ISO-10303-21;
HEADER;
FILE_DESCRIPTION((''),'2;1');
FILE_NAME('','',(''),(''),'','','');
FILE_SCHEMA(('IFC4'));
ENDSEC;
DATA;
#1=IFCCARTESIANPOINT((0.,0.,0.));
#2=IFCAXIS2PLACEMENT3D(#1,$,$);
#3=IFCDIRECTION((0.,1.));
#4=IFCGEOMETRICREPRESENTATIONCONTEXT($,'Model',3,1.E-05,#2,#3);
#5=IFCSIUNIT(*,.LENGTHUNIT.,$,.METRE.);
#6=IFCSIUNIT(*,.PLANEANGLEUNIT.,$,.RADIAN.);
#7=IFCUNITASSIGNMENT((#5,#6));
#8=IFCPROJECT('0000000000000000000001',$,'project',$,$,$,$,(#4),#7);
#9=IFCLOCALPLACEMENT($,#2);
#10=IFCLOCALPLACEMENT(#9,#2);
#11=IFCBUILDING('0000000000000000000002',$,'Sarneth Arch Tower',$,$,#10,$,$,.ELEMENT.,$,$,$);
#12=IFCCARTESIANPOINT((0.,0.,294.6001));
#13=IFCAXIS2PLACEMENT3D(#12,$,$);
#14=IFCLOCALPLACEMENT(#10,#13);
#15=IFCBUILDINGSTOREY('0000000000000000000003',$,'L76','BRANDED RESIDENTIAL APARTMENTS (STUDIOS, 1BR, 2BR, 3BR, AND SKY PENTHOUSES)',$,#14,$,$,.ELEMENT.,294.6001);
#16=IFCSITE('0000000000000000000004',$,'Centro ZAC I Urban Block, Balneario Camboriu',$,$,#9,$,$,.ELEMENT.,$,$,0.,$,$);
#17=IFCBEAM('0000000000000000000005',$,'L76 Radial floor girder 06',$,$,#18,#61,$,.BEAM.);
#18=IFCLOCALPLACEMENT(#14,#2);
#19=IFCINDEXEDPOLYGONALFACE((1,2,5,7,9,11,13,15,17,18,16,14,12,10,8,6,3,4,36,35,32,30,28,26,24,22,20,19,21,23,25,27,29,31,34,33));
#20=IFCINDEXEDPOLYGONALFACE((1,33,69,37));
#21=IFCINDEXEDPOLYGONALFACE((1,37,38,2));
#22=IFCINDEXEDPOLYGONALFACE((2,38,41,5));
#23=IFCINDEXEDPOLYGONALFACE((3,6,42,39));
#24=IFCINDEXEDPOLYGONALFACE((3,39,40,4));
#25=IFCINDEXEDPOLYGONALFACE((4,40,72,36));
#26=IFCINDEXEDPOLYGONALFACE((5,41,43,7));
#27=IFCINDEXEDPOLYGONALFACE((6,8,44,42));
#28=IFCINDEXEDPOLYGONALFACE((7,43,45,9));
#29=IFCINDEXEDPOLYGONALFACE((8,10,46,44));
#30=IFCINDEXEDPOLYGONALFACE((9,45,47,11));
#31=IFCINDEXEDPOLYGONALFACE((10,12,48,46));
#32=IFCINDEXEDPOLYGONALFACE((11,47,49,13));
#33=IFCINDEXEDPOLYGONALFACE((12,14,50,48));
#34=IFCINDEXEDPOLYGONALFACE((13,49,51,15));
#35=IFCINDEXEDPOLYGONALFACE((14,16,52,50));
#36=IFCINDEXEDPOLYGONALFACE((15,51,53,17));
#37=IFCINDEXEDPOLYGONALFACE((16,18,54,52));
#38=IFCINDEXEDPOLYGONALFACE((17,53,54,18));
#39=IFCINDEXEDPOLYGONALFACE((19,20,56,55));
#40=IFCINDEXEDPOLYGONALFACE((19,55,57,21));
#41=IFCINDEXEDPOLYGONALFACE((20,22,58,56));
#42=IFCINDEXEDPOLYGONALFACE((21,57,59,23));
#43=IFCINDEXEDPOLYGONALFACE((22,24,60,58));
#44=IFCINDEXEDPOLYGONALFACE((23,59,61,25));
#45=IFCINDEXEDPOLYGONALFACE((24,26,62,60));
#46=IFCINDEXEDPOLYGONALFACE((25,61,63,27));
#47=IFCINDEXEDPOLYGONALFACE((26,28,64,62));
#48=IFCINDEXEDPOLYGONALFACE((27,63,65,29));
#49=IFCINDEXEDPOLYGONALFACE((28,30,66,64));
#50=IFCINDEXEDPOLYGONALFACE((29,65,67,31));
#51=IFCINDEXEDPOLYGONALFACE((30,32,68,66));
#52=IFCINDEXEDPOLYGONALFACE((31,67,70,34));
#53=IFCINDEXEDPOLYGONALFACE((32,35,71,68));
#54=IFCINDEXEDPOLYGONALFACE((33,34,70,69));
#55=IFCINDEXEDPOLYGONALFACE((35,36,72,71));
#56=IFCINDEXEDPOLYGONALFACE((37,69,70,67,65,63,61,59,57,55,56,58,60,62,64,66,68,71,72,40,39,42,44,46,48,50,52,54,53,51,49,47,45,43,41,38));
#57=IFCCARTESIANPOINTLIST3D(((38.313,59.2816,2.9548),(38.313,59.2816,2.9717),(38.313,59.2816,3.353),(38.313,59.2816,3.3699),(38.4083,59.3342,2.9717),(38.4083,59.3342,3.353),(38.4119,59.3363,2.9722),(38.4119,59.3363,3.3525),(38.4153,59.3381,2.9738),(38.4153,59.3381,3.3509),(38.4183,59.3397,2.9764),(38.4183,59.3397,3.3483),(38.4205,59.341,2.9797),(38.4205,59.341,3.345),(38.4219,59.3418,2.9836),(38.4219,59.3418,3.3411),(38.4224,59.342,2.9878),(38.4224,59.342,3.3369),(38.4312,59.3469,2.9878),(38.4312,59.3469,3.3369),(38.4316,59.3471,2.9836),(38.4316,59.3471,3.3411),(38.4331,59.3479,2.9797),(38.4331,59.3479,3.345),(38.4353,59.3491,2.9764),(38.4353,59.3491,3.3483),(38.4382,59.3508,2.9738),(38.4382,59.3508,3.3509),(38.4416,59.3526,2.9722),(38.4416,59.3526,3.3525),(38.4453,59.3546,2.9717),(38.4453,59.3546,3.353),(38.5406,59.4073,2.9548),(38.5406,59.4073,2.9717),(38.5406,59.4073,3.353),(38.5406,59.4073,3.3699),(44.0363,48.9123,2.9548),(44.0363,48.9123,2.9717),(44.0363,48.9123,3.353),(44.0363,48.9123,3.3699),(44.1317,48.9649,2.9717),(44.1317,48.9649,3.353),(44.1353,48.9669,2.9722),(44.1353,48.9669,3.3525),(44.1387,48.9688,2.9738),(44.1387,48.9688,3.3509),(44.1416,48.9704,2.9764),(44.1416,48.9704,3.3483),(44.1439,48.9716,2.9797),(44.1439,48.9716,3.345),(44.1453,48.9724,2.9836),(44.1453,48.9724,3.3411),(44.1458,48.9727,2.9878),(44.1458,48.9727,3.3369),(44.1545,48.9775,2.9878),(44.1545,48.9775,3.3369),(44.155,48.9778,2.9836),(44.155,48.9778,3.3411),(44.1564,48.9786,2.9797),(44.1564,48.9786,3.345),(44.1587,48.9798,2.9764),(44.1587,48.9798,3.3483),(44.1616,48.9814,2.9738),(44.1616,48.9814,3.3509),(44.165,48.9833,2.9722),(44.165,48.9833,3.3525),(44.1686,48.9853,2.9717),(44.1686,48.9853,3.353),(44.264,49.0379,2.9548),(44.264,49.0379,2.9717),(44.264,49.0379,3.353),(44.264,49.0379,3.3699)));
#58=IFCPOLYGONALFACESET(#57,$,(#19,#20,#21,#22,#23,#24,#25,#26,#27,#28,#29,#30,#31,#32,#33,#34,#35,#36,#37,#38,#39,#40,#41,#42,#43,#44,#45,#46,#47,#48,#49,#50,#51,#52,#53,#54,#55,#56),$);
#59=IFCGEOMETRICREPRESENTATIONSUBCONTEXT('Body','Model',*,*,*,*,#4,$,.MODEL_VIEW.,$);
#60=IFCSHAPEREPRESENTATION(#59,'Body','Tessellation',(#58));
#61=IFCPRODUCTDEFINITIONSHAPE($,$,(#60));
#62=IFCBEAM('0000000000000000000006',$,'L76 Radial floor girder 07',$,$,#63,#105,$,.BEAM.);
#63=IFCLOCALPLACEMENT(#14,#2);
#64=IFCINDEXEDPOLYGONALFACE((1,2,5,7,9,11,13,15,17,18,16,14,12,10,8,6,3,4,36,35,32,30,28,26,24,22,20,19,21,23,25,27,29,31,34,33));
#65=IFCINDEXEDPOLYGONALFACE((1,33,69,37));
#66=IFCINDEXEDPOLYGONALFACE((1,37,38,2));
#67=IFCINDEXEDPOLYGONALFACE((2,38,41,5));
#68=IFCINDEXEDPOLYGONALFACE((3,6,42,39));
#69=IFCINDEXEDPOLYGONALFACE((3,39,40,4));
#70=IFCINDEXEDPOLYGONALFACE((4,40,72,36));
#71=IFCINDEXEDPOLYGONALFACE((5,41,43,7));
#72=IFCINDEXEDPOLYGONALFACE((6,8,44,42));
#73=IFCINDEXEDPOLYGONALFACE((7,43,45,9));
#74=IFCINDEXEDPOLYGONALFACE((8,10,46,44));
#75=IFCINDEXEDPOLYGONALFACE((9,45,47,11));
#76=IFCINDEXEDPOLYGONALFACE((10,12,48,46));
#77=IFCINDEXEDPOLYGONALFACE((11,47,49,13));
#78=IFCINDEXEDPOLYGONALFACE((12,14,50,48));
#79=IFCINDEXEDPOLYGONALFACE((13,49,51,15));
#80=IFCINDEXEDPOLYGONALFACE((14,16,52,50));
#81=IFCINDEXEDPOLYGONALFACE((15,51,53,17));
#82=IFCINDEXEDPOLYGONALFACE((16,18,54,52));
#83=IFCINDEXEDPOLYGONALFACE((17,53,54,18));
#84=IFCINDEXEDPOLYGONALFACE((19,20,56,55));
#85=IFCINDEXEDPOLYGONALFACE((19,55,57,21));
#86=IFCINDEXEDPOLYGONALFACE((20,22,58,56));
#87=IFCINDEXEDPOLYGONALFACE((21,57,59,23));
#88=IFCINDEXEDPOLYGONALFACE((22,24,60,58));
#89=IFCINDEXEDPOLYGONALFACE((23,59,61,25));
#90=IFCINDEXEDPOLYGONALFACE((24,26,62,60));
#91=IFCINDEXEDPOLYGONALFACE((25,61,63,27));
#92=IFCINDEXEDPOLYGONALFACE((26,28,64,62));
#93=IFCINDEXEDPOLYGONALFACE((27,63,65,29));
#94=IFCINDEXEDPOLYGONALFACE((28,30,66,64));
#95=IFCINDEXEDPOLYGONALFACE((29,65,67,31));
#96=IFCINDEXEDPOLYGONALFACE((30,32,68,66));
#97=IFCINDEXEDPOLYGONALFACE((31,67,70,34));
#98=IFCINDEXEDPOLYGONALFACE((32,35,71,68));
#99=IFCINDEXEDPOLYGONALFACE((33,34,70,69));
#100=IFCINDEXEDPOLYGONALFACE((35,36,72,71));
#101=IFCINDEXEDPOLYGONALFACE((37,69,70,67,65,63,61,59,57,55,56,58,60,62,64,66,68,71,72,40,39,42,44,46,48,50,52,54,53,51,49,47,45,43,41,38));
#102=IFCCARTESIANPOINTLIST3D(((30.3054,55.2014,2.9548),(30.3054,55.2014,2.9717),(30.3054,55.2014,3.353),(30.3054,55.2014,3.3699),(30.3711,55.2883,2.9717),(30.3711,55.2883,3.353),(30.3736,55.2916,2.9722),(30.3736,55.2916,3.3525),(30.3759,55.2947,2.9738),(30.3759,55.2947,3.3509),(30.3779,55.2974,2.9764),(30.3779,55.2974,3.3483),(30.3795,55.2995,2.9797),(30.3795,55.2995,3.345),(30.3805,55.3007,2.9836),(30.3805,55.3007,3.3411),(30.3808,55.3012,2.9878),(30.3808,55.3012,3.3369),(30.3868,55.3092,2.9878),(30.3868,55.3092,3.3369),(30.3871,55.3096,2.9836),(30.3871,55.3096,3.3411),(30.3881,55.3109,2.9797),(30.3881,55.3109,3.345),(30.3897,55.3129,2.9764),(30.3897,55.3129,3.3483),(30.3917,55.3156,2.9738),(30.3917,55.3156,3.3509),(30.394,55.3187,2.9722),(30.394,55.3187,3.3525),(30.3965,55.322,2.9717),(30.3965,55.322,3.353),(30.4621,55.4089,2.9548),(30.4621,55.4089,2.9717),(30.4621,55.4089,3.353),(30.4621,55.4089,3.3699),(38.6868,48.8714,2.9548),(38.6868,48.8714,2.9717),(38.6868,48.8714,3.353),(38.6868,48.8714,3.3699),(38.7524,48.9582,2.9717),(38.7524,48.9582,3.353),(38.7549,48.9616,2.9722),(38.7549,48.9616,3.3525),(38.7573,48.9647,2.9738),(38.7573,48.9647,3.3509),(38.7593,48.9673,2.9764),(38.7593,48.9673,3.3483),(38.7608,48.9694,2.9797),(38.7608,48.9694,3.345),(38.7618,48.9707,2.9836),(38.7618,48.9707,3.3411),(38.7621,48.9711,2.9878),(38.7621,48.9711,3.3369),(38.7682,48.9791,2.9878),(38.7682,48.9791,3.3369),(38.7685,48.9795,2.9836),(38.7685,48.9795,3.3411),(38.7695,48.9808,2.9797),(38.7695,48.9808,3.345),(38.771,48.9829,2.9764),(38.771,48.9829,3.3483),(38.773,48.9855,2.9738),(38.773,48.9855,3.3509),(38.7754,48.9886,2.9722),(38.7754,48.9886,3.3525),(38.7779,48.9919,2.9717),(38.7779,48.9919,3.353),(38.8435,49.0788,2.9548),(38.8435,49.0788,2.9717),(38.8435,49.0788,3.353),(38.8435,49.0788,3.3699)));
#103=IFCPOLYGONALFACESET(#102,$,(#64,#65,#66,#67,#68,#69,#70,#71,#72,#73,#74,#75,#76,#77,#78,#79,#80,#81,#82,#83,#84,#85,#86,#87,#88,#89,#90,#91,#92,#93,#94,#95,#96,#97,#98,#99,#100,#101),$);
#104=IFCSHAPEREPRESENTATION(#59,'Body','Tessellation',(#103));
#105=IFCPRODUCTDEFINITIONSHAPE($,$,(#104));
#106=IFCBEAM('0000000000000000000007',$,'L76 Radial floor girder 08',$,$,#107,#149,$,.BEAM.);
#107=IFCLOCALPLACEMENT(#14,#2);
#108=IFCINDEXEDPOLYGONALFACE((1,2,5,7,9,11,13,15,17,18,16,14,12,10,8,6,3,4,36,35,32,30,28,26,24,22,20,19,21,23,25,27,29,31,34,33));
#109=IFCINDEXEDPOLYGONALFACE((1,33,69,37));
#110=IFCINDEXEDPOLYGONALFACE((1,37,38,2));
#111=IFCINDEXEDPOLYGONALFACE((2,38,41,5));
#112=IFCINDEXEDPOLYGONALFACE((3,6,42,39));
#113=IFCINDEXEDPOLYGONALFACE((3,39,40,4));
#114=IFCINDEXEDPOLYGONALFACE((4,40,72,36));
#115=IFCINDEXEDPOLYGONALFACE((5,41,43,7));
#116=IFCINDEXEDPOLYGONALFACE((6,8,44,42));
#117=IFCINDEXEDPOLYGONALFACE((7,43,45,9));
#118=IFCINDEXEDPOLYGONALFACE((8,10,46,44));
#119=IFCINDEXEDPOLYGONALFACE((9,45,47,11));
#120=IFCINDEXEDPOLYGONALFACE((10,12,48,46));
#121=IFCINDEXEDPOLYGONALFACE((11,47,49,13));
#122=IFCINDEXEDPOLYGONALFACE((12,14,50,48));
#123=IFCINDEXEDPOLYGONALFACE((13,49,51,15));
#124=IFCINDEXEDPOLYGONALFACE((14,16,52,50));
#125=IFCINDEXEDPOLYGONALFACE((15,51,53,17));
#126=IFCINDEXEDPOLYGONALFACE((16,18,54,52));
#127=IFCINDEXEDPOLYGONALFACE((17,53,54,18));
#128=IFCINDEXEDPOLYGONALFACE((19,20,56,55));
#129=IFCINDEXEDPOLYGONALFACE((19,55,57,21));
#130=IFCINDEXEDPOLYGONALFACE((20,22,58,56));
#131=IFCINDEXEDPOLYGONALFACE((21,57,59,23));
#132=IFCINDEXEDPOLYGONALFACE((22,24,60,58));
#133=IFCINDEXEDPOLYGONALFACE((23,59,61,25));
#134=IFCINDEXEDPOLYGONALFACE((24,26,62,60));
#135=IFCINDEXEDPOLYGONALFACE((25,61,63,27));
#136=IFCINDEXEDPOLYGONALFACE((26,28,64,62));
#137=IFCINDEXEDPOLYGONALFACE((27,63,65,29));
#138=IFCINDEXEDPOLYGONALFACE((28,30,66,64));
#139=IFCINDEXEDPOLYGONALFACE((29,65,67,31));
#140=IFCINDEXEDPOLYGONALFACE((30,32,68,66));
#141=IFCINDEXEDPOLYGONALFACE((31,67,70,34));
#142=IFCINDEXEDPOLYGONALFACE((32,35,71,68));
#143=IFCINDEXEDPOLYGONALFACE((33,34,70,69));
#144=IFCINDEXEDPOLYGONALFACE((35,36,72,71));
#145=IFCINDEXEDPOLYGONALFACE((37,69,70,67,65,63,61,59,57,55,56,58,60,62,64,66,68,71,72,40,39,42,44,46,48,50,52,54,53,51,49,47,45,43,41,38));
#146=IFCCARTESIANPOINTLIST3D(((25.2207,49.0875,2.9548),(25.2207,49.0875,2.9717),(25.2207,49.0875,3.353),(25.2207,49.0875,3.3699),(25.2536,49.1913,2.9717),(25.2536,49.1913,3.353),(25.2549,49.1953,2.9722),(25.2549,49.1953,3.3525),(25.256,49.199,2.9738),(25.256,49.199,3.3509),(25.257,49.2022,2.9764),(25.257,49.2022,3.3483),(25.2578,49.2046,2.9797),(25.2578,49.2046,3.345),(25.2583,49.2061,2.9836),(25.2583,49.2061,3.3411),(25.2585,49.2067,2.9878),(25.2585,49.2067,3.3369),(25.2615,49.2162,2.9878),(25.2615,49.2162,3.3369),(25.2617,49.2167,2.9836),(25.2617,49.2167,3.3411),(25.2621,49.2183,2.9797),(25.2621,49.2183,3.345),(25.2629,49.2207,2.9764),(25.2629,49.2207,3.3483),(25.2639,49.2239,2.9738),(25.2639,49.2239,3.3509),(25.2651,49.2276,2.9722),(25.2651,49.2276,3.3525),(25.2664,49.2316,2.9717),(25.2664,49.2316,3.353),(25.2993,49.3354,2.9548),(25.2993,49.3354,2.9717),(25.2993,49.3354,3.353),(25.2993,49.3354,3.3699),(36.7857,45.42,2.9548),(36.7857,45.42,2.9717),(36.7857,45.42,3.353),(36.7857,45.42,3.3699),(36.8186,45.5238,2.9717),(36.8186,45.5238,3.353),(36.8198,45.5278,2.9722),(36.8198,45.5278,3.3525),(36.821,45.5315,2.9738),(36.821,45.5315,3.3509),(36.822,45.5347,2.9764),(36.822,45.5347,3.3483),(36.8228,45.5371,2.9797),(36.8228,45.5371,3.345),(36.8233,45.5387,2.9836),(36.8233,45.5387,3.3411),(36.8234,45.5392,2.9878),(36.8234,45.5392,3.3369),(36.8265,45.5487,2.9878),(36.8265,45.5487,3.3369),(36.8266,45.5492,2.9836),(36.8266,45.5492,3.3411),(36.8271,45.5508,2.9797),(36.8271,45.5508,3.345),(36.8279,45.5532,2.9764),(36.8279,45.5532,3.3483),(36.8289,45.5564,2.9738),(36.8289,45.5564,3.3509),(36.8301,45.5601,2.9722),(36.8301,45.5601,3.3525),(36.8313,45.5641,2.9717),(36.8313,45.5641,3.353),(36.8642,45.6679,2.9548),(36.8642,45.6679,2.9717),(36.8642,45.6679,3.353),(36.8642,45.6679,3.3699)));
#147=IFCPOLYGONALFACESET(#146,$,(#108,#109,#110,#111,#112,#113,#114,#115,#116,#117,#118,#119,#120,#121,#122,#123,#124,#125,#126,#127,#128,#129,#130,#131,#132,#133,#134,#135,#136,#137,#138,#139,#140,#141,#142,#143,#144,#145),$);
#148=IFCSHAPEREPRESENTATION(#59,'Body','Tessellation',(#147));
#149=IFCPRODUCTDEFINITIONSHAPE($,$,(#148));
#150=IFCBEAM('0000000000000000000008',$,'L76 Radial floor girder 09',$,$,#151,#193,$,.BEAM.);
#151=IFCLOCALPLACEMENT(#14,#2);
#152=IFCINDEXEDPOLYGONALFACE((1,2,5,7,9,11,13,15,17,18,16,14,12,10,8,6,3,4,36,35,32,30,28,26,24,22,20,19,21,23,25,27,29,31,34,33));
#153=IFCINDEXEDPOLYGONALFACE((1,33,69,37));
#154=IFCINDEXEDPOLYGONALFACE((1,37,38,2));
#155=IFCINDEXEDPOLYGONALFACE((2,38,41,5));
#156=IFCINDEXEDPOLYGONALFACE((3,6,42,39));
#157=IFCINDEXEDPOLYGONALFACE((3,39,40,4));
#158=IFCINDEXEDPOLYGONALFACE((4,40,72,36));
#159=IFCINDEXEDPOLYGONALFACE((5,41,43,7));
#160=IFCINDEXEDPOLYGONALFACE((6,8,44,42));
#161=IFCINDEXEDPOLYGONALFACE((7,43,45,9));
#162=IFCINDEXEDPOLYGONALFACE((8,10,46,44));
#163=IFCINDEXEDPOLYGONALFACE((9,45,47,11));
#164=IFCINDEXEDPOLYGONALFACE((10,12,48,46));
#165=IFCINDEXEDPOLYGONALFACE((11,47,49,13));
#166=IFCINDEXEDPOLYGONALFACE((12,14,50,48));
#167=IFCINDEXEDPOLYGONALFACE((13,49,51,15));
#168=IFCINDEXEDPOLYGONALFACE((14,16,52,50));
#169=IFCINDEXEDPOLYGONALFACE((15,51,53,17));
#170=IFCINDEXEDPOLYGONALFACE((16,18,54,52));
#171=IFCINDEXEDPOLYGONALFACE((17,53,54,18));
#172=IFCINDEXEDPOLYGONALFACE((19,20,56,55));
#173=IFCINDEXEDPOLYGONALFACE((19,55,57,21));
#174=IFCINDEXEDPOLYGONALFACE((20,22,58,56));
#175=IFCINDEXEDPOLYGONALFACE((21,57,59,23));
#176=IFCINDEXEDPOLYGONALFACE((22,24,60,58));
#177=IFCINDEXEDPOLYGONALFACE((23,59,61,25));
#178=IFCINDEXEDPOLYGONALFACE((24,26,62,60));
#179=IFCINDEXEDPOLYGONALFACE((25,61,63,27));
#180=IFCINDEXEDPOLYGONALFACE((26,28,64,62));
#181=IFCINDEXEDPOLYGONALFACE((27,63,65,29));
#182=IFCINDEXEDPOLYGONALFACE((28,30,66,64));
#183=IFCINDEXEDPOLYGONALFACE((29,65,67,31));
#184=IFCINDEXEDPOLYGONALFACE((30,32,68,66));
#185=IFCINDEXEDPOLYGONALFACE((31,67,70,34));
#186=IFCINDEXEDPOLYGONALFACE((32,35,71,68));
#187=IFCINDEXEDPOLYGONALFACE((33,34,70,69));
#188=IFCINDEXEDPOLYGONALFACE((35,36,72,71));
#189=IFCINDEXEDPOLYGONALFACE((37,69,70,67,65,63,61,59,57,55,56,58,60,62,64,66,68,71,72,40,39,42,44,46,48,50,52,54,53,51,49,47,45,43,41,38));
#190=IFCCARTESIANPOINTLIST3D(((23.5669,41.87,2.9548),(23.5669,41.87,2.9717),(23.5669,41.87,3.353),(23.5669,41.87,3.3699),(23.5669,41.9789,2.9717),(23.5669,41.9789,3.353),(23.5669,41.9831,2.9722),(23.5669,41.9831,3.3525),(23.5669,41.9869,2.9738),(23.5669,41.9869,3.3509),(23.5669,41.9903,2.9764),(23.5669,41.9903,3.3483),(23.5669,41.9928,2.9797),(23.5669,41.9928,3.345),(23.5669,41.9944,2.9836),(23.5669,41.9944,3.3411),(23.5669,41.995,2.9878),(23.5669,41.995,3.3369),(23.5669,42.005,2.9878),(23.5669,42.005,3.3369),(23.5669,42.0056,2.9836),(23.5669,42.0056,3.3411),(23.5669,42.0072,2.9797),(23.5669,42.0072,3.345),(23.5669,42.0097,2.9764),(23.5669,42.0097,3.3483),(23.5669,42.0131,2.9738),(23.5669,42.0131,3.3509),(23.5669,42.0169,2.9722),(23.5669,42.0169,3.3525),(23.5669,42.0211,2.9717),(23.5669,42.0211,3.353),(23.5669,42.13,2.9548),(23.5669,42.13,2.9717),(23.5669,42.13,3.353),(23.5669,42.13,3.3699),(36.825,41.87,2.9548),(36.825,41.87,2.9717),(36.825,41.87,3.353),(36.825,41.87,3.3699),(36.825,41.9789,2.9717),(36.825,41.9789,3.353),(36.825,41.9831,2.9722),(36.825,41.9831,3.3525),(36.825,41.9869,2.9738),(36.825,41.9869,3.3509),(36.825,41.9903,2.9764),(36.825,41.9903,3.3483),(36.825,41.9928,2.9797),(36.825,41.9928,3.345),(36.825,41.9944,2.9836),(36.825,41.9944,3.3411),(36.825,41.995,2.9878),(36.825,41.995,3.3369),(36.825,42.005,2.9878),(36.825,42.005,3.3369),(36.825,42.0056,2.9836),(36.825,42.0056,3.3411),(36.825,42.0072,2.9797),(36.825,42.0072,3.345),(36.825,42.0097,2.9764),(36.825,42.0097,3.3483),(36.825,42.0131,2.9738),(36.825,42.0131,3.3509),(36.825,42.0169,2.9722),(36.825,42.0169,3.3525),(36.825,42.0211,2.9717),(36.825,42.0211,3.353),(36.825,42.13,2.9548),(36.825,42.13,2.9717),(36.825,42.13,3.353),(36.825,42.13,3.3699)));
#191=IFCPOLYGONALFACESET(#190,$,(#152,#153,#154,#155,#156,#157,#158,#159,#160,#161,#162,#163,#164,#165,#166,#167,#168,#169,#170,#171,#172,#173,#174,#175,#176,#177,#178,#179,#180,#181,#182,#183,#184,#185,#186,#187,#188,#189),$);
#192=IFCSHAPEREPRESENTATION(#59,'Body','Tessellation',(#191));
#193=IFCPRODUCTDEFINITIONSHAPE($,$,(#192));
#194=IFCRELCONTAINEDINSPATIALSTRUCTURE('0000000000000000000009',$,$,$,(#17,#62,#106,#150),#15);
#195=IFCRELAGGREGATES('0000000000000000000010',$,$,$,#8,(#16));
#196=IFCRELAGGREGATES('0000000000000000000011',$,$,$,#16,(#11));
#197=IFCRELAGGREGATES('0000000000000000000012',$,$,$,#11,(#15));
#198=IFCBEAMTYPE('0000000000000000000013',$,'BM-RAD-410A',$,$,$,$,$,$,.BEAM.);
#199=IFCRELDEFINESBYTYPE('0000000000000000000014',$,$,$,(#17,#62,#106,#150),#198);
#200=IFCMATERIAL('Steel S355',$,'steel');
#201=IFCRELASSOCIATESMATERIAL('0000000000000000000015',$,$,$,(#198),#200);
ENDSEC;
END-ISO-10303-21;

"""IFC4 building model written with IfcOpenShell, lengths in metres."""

from ifc_helpers import new_model, si_unit, direction, frame, origin, origin_2d, place, context, subcontext, project, spatial, i_section, extrude, material, material_profile, profile_set, type_object, element, save


model = new_model("IFC4")

# Units and contexts
model_context = context("Model", 3, precision=1e-05, world=origin(), true_north=direction((0.0, 1.0)))
body_context = subcontext(model_context, "Body", "Model", "MODEL_VIEW")
ifc_project = project(units=[si_unit("LENGTHUNIT", "METRE"), si_unit("PLANEANGLEUNIT", "RADIAN")], contexts=[model_context])

# Site, building, storey
site_placement = place(None, origin())
site = spatial("IfcSite", under=ifc_project, at=site_placement, Name="Centro ZAC I Urban Block, Balneario Camboriu", CompositionType="ELEMENT", RefElevation=0.0)
building_placement = place(site_placement, origin())
building = spatial("IfcBuilding", under=site, at=building_placement, Name="Sarneth Arch Tower", CompositionType="ELEMENT")
storey_placement = place(building_placement, frame((0.0, 0.0, 294.6001)))
storey = spatial("IfcBuildingStorey", under=building, at=storey_placement, Name="L76", Description="BRANDED RESIDENTIAL APARTMENTS (STUDIOS, 1BR, 2BR, 3BR, AND SKY PENTHOUSES)", CompositionType="ELEMENT", Elevation=294.6001)

# Beams
ifc_material_1 = material(Name="Steel S355", Category="steel")
ifc_material_profile = material_profile(ifc_material_1, i_section(OverallWidth=0.26, OverallDepth=0.415, WebThickness=0.01, FlangeThickness=0.0168, FilletRadius=0.0161, at=origin_2d()), Name="W410x100")
ifc_profile_set = profile_set([ifc_material_profile], Name="Steel S355")
beam_type = type_object("IfcBeamType", Name="BM-RAD-410A", PredefinedType="BEAM", material=ifc_profile_set)
beam_1_placement = place(storey_placement, frame((44.1501, 48.9751, 3.1624), z_axis=(-0.483229, 0.875494, 0.0), x_axis=(-0.875494, -0.483229, 0.0)))
element("IfcBeam", 1, at=beam_1_placement, inside=storey, type_object=beam_type, Name="L76 Radial floor girder 06", PredefinedType="BEAM", context=body_context, shape_type="SweptSolid", body=[
    extrude(i_section(OverallWidth=0.26, OverallDepth=0.415, WebThickness=0.01, FlangeThickness=0.0168, FilletRadius=0.0161, at=origin_2d()), origin(), (0.0, 0.0, 1.0), 11.844),
])
beam_2_placement = place(storey_placement, frame((38.7651, 48.9751, 3.1624), z_axis=(-0.797982, 0.602682, 0.0), x_axis=(-0.602682, -0.797982, 0.0)))
element("IfcBeam", 2, at=beam_2_placement, inside=storey, type_object=beam_type, Name="L76 Radial floor girder 07", PredefinedType="BEAM", context=body_context, shape_type="SweptSolid", body=[
    extrude(i_section(OverallWidth=0.26, OverallDepth=0.415, WebThickness=0.01, FlangeThickness=0.0168, FilletRadius=0.0161, at=origin_2d()), origin(), (0.0, 0.0, 1.0), 10.5032),
])
beam_3_placement = place(storey_placement, frame((36.825, 45.5439, 3.1624), z_axis=(-0.953218, 0.302285, 0.0), x_axis=(-0.302285, -0.953218, 0.0)))
element("IfcBeam", 3, at=beam_3_placement, inside=storey, type_object=beam_type, Name="L76 Radial floor girder 08", PredefinedType="BEAM", context=body_context, shape_type="SweptSolid", body=[
    extrude(i_section(OverallWidth=0.26, OverallDepth=0.415, WebThickness=0.01, FlangeThickness=0.0168, FilletRadius=0.0161, at=origin_2d()), origin(), (0.0, 0.0, 1.0), 12.1326),
])
beam_4_placement = place(storey_placement, frame((36.825, 42.0, 3.1624), z_axis=(-1.0, 0.0, 0.0), x_axis=(0.0, -1.0, 0.0)))
element("IfcBeam", 4, at=beam_4_placement, inside=storey, type_object=beam_type, Name="L76 Radial floor girder 09", PredefinedType="BEAM", context=body_context, shape_type="SweptSolid", body=[
    extrude(i_section(OverallWidth=0.26, OverallDepth=0.415, WebThickness=0.01, FlangeThickness=0.0168, FilletRadius=0.0161, at=origin_2d()), origin(), (0.0, 0.0, 1.0), 13.2581),
])

save(model, "model.ifc")
